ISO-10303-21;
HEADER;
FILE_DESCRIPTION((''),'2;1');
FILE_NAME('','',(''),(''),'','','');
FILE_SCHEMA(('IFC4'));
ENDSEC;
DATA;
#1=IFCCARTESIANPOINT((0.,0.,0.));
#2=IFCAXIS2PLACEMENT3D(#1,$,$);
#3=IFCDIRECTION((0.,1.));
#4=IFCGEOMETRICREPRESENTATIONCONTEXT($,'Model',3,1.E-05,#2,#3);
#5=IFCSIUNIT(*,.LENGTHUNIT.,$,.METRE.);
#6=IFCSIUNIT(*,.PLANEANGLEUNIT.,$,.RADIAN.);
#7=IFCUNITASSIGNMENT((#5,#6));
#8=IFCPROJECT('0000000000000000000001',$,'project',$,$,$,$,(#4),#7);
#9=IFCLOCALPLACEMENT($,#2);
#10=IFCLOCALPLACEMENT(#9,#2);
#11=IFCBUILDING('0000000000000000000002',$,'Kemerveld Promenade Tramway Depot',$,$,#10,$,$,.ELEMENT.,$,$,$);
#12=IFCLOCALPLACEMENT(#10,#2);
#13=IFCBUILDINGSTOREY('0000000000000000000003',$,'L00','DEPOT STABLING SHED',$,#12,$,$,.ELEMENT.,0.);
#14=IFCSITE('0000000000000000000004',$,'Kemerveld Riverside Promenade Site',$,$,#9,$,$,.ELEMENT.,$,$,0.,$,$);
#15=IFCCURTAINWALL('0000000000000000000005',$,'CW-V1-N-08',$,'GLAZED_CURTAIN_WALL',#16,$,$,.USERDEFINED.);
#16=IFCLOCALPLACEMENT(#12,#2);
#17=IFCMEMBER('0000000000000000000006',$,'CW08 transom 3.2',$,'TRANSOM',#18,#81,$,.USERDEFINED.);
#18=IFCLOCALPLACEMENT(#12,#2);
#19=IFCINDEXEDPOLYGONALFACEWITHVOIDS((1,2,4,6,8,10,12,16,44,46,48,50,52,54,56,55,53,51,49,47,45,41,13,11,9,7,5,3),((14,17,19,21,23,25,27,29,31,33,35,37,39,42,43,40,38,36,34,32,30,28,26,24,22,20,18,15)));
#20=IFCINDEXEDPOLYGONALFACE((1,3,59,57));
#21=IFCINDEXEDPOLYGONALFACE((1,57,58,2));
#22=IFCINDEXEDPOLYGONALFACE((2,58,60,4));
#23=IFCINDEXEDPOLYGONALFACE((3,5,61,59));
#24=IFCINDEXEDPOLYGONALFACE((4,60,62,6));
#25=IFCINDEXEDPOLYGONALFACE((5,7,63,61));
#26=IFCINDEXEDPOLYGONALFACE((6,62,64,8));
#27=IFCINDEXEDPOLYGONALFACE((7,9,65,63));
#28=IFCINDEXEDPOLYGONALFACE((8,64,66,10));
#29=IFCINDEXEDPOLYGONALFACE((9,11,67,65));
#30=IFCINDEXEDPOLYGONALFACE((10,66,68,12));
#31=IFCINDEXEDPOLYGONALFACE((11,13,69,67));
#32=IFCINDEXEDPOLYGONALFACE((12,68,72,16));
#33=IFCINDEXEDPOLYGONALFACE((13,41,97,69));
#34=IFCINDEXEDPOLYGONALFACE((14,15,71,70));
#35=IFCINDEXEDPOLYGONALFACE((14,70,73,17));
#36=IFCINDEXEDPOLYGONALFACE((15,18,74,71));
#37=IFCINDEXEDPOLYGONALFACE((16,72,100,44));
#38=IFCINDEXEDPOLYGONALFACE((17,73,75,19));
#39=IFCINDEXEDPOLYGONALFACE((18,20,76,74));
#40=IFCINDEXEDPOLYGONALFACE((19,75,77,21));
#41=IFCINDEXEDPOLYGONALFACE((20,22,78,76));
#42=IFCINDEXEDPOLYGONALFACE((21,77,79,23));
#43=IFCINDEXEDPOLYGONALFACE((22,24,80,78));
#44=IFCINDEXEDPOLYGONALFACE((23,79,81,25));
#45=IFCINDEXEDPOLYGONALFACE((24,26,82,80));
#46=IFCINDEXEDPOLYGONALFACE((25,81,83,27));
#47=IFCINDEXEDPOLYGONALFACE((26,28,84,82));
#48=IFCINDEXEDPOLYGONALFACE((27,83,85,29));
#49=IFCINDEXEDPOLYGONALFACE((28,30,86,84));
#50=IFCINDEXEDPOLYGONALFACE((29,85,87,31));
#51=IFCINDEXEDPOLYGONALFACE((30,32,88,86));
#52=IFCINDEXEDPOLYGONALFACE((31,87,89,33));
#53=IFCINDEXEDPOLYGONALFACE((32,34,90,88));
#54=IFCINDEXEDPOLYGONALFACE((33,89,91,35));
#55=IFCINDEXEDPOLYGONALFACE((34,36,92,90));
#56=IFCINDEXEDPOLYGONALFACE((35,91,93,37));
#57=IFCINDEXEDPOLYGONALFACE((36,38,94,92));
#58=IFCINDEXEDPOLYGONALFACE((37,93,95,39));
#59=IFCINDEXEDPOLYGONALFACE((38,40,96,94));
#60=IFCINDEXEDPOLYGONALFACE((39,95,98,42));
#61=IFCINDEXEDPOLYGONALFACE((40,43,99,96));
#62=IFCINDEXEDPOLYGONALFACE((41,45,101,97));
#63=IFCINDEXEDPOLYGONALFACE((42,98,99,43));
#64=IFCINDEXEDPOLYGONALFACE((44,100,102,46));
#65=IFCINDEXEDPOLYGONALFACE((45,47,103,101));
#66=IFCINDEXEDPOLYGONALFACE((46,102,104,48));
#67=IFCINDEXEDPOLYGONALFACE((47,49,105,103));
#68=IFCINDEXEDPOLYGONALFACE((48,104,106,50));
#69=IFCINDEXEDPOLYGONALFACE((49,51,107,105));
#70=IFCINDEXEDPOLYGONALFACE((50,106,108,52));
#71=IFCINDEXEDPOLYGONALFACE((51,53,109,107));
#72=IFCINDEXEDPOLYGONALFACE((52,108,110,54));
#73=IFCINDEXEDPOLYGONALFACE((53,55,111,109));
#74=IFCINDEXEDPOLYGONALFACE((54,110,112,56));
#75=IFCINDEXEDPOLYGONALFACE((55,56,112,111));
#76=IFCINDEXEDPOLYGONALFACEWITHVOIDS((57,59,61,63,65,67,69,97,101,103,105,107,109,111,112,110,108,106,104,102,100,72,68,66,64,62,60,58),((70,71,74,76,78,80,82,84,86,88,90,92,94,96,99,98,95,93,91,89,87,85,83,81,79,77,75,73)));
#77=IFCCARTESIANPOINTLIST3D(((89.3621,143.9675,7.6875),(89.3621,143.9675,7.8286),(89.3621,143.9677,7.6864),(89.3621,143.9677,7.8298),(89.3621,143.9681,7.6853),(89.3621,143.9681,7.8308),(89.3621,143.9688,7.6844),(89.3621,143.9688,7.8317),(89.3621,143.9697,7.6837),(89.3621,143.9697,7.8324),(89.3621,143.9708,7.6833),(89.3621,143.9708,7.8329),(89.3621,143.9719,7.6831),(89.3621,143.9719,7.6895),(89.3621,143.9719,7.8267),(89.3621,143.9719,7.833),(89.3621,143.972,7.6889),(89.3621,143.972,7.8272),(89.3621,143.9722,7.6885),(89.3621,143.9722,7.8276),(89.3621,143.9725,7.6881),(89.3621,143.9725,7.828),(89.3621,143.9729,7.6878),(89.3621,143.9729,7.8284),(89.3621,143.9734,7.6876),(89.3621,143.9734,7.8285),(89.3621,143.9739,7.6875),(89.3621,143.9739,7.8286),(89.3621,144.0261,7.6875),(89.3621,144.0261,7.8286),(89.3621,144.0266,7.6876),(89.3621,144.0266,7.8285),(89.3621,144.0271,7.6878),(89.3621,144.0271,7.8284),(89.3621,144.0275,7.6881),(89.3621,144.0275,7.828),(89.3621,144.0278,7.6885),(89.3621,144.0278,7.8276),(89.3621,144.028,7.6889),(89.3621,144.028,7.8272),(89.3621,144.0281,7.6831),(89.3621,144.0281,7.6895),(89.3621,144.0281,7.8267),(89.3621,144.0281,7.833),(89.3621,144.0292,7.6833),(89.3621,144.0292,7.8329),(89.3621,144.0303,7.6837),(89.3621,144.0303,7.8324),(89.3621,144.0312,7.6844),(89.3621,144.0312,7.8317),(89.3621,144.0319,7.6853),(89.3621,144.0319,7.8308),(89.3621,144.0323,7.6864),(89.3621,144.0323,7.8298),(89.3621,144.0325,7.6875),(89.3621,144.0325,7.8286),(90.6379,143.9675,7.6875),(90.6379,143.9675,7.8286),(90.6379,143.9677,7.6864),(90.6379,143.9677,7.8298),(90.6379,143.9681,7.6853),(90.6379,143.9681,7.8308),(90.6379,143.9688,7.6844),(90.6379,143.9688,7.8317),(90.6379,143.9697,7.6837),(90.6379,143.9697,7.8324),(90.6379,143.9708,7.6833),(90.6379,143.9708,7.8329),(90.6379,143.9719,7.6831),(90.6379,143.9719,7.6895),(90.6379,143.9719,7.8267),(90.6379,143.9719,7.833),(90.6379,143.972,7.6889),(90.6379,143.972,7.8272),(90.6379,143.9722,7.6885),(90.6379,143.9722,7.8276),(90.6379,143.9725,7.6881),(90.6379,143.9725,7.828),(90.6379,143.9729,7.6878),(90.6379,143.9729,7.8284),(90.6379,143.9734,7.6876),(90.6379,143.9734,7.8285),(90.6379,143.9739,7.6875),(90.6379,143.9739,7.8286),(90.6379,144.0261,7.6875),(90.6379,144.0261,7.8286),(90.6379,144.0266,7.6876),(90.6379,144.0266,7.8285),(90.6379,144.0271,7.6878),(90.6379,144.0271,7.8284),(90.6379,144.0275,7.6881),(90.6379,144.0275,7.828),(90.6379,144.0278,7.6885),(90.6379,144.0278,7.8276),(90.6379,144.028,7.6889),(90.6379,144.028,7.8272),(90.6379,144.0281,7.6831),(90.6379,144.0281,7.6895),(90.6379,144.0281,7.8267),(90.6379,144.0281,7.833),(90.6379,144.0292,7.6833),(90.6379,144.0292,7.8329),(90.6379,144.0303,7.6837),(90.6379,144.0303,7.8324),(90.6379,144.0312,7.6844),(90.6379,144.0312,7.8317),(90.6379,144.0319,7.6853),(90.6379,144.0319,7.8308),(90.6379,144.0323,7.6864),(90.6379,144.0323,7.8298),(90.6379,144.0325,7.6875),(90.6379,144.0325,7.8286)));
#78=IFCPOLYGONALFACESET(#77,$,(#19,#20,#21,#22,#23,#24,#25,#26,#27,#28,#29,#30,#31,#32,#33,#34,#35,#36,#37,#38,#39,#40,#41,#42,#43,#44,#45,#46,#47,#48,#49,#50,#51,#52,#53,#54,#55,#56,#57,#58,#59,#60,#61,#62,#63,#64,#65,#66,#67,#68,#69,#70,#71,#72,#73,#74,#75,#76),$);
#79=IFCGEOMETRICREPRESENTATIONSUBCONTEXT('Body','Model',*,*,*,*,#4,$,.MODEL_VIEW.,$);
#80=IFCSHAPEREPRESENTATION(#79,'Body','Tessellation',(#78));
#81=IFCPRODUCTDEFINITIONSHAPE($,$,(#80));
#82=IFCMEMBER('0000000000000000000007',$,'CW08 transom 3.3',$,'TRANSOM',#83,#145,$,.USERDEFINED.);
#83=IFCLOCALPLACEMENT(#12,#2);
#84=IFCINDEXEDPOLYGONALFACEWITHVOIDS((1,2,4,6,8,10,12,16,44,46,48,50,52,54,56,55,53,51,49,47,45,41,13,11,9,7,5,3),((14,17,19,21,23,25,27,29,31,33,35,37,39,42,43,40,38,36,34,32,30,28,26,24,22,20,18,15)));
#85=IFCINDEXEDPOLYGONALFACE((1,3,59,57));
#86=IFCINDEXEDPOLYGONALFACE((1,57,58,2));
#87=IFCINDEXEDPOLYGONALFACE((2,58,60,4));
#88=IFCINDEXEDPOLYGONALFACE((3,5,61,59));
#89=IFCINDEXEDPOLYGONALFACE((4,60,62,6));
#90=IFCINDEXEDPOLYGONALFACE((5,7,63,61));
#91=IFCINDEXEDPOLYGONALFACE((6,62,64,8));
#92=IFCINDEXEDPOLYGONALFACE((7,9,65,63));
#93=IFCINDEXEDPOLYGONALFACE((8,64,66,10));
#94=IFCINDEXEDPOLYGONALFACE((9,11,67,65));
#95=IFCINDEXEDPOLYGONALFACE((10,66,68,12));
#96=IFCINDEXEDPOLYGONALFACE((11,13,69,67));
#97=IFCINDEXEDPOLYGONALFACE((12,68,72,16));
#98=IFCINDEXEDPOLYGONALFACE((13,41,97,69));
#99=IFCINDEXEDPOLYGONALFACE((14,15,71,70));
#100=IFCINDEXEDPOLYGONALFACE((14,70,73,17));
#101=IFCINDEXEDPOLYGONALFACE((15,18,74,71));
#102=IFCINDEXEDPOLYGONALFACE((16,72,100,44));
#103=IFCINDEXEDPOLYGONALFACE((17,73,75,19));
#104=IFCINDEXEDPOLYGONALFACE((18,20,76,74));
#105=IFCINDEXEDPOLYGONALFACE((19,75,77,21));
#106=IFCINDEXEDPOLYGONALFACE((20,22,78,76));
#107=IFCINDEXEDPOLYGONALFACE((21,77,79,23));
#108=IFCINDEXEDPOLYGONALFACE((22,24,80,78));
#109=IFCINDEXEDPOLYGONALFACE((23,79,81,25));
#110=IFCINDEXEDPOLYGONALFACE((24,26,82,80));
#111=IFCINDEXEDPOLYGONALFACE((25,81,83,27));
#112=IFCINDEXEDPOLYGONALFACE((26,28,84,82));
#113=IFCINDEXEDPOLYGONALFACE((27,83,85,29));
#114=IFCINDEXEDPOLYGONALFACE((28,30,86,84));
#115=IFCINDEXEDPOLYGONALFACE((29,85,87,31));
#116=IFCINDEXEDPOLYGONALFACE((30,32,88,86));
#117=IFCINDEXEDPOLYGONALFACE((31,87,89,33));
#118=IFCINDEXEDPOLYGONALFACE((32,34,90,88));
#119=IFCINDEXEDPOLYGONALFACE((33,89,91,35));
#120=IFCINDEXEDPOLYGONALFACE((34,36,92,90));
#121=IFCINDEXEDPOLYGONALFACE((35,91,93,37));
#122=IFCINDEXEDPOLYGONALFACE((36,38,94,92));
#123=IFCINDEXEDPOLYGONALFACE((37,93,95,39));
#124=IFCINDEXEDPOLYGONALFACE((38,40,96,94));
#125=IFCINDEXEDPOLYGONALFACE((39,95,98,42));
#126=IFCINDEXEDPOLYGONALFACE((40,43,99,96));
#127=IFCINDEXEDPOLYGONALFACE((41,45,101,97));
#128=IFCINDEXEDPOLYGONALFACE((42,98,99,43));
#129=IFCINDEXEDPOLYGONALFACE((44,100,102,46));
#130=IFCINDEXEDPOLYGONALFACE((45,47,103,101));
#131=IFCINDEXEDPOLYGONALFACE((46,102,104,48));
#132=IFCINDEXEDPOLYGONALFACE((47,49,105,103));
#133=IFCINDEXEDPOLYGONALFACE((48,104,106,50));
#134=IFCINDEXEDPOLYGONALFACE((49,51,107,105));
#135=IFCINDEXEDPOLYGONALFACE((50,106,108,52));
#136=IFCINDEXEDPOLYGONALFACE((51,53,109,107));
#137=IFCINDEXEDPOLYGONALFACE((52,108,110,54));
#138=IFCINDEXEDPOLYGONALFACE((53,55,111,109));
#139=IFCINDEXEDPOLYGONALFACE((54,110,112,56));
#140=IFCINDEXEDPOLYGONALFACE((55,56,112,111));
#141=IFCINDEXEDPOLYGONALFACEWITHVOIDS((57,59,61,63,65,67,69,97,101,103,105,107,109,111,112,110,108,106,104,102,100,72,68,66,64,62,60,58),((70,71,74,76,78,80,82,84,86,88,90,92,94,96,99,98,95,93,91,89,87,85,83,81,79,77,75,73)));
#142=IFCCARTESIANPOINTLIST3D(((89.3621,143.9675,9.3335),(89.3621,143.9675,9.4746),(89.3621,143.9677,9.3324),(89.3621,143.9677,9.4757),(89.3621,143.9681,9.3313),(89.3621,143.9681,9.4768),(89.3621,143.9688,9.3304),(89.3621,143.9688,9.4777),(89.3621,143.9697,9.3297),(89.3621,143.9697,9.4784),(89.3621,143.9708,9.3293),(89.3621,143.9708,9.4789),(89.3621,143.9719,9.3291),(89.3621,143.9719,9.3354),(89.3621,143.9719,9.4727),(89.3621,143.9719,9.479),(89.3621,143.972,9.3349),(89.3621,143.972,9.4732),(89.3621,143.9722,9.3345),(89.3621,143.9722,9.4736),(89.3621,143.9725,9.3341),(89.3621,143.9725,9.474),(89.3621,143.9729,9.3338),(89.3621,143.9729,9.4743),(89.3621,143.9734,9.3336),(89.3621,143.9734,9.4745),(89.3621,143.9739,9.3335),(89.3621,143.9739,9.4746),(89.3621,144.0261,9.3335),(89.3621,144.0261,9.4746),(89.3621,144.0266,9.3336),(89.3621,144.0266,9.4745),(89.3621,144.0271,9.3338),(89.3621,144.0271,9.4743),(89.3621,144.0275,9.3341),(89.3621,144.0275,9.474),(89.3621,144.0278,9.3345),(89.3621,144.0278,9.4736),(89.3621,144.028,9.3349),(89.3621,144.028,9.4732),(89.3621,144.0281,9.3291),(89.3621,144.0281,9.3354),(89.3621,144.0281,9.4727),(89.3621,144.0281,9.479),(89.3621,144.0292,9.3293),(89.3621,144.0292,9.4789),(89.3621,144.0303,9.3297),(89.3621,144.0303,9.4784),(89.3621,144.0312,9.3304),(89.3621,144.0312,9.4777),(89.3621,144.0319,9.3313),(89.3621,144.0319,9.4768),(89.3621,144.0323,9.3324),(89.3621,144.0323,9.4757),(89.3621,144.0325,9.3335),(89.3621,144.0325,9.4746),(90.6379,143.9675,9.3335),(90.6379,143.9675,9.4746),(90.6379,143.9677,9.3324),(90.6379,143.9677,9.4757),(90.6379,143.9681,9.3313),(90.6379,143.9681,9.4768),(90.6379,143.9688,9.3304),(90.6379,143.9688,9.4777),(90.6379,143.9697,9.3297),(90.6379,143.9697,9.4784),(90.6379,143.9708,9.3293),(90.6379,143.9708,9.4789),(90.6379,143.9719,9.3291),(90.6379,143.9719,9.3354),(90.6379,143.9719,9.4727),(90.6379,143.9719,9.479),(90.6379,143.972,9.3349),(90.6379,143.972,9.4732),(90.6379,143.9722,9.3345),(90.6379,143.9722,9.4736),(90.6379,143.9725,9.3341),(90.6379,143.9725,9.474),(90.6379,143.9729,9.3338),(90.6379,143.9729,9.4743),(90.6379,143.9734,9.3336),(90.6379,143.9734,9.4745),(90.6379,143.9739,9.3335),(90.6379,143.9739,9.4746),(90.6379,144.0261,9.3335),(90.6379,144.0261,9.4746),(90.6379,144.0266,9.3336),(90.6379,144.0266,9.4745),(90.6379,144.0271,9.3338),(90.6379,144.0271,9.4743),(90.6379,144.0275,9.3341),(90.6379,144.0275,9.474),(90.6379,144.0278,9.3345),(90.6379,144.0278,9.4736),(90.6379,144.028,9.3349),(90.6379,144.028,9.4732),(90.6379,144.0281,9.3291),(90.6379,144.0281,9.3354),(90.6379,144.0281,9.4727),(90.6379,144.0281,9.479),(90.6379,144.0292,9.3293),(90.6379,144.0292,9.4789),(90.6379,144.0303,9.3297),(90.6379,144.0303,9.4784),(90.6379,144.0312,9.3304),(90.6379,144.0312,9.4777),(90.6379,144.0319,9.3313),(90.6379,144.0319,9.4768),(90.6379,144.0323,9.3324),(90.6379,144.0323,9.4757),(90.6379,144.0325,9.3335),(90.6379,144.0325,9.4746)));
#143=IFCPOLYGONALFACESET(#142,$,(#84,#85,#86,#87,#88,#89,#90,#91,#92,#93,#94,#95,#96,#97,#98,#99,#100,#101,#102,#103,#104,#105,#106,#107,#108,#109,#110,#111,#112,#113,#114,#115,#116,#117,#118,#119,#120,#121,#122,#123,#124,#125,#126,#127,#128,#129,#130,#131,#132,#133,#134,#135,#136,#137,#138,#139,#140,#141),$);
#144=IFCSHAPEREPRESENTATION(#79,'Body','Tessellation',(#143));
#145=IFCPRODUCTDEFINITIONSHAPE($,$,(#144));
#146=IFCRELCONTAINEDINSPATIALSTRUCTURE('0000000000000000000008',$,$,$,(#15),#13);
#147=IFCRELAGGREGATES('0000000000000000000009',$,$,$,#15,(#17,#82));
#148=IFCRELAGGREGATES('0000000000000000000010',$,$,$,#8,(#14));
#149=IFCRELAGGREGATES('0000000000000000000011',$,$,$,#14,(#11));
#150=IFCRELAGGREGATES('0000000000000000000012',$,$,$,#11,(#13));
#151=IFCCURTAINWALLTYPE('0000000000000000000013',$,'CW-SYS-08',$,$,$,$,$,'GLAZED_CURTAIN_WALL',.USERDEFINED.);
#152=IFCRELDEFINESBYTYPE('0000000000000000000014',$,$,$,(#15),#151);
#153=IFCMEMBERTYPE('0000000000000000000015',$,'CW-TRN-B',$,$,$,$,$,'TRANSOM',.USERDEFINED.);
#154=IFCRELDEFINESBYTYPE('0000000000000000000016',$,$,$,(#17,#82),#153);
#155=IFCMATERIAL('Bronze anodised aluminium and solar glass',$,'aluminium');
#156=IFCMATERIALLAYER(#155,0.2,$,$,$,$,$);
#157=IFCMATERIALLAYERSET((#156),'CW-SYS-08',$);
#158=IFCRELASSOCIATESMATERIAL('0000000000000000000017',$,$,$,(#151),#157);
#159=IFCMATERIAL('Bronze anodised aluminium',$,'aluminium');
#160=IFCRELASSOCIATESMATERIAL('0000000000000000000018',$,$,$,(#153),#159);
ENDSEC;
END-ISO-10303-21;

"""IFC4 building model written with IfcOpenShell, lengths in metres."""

from ifc_helpers import new_model, si_unit, direction, frame, origin, origin_2d, place, context, subcontext, project, spatial, hollow_rectangle, extrude, material, layer, layer_set, material_profile, profile_set, type_object, element, aggregate, save


model = new_model("IFC4")

# Units and contexts
model_context = context("Model", 3, precision=1e-05, world=origin(), true_north=direction((0.0, 1.0)))
body_context = subcontext(model_context, "Body", "Model", "MODEL_VIEW")
ifc_project = project(units=[si_unit("LENGTHUNIT", "METRE"), si_unit("PLANEANGLEUNIT", "RADIAN")], contexts=[model_context])

# Site, building, storey
site_placement = place(None, origin())
site = spatial("IfcSite", under=ifc_project, at=site_placement, Name="Kemerveld Riverside Promenade Site", CompositionType="ELEMENT", RefElevation=0.0)
building_placement = place(site_placement, origin())
building = spatial("IfcBuilding", under=site, at=building_placement, Name="Kemerveld Promenade Tramway Depot", CompositionType="ELEMENT")
storey_placement = place(building_placement, origin())
storey = spatial("IfcBuildingStorey", under=building, at=storey_placement, Name="L00", Description="DEPOT STABLING SHED", CompositionType="ELEMENT", Elevation=0.0)

# Curtain wall, members
ifc_material_1 = material(Name="Bronze anodised aluminium and solar glass", Category="aluminium")
ifc_material_2 = material(Name="Bronze anodised aluminium", Category="aluminium")
ifc_layer_1 = layer(ifc_material_1, 0.2)
ifc_layer_set_1 = layer_set([ifc_layer_1], Name="CW-SYS-08")
curtain_wall_type_1 = type_object("IfcCurtainWallType", Name="CW-SYS-08", ElementType="GLAZED_CURTAIN_WALL", PredefinedType="USERDEFINED", material=ifc_layer_set_1)
curtain_wall_1_placement = place(storey_placement, origin())
curtain_wall_1 = element("IfcCurtainWall", 1, at=curtain_wall_1_placement, inside=storey, type_object=curtain_wall_type_1, Name="CW-V1-N-08", ObjectType="GLAZED_CURTAIN_WALL", PredefinedType="USERDEFINED")
ifc_material_profile_1 = material_profile(ifc_material_2, hollow_rectangle(XDim=0.0649, YDim=0.1499, WallThickness=0.0044, InnerFilletRadius=0.002, OuterFilletRadius=0.0044, at=origin_2d()), Name="CW-TRN-150x65")
ifc_profile_set_1 = profile_set([ifc_material_profile_1], Name="Bronze anodised aluminium")
member_type_1 = type_object("IfcMemberType", Name="CW-TRN-B", ElementType="TRANSOM", PredefinedType="USERDEFINED", material=ifc_profile_set_1)
member_1_placement = place(storey_placement, frame((89.3621, 144.0, 7.7581), z_axis=(1.0, 0.0, 0.0), x_axis=(0.0, 1.0, 0.0)))
member_1 = element("IfcMember", 2, at=member_1_placement, type_object=member_type_1, Name="CW08 transom 3.2", ObjectType="TRANSOM", PredefinedType="USERDEFINED", context=body_context, shape_type="SweptSolid", body=[
    extrude(hollow_rectangle(XDim=0.0649, YDim=0.1499, WallThickness=0.0044, InnerFilletRadius=0.002, OuterFilletRadius=0.0044, at=origin_2d()), origin(), (0.0, 0.0, 1.0), 1.2759),
])
member_2_placement = place(storey_placement, frame((89.3621, 144.0, 9.4041), z_axis=(1.0, 0.0, 0.0), x_axis=(0.0, 1.0, 0.0)))
member_2 = element("IfcMember", 3, at=member_2_placement, type_object=member_type_1, Name="CW08 transom 3.3", ObjectType="TRANSOM", PredefinedType="USERDEFINED", context=body_context, shape_type="SweptSolid", body=[
    extrude(hollow_rectangle(XDim=0.0649, YDim=0.1499, WallThickness=0.0044, InnerFilletRadius=0.002, OuterFilletRadius=0.0044, at=origin_2d()), origin(), (0.0, 0.0, 1.0), 1.2759),
])

aggregate(curtain_wall_1, [member_1, member_2])

save(model, "model.ifc")
